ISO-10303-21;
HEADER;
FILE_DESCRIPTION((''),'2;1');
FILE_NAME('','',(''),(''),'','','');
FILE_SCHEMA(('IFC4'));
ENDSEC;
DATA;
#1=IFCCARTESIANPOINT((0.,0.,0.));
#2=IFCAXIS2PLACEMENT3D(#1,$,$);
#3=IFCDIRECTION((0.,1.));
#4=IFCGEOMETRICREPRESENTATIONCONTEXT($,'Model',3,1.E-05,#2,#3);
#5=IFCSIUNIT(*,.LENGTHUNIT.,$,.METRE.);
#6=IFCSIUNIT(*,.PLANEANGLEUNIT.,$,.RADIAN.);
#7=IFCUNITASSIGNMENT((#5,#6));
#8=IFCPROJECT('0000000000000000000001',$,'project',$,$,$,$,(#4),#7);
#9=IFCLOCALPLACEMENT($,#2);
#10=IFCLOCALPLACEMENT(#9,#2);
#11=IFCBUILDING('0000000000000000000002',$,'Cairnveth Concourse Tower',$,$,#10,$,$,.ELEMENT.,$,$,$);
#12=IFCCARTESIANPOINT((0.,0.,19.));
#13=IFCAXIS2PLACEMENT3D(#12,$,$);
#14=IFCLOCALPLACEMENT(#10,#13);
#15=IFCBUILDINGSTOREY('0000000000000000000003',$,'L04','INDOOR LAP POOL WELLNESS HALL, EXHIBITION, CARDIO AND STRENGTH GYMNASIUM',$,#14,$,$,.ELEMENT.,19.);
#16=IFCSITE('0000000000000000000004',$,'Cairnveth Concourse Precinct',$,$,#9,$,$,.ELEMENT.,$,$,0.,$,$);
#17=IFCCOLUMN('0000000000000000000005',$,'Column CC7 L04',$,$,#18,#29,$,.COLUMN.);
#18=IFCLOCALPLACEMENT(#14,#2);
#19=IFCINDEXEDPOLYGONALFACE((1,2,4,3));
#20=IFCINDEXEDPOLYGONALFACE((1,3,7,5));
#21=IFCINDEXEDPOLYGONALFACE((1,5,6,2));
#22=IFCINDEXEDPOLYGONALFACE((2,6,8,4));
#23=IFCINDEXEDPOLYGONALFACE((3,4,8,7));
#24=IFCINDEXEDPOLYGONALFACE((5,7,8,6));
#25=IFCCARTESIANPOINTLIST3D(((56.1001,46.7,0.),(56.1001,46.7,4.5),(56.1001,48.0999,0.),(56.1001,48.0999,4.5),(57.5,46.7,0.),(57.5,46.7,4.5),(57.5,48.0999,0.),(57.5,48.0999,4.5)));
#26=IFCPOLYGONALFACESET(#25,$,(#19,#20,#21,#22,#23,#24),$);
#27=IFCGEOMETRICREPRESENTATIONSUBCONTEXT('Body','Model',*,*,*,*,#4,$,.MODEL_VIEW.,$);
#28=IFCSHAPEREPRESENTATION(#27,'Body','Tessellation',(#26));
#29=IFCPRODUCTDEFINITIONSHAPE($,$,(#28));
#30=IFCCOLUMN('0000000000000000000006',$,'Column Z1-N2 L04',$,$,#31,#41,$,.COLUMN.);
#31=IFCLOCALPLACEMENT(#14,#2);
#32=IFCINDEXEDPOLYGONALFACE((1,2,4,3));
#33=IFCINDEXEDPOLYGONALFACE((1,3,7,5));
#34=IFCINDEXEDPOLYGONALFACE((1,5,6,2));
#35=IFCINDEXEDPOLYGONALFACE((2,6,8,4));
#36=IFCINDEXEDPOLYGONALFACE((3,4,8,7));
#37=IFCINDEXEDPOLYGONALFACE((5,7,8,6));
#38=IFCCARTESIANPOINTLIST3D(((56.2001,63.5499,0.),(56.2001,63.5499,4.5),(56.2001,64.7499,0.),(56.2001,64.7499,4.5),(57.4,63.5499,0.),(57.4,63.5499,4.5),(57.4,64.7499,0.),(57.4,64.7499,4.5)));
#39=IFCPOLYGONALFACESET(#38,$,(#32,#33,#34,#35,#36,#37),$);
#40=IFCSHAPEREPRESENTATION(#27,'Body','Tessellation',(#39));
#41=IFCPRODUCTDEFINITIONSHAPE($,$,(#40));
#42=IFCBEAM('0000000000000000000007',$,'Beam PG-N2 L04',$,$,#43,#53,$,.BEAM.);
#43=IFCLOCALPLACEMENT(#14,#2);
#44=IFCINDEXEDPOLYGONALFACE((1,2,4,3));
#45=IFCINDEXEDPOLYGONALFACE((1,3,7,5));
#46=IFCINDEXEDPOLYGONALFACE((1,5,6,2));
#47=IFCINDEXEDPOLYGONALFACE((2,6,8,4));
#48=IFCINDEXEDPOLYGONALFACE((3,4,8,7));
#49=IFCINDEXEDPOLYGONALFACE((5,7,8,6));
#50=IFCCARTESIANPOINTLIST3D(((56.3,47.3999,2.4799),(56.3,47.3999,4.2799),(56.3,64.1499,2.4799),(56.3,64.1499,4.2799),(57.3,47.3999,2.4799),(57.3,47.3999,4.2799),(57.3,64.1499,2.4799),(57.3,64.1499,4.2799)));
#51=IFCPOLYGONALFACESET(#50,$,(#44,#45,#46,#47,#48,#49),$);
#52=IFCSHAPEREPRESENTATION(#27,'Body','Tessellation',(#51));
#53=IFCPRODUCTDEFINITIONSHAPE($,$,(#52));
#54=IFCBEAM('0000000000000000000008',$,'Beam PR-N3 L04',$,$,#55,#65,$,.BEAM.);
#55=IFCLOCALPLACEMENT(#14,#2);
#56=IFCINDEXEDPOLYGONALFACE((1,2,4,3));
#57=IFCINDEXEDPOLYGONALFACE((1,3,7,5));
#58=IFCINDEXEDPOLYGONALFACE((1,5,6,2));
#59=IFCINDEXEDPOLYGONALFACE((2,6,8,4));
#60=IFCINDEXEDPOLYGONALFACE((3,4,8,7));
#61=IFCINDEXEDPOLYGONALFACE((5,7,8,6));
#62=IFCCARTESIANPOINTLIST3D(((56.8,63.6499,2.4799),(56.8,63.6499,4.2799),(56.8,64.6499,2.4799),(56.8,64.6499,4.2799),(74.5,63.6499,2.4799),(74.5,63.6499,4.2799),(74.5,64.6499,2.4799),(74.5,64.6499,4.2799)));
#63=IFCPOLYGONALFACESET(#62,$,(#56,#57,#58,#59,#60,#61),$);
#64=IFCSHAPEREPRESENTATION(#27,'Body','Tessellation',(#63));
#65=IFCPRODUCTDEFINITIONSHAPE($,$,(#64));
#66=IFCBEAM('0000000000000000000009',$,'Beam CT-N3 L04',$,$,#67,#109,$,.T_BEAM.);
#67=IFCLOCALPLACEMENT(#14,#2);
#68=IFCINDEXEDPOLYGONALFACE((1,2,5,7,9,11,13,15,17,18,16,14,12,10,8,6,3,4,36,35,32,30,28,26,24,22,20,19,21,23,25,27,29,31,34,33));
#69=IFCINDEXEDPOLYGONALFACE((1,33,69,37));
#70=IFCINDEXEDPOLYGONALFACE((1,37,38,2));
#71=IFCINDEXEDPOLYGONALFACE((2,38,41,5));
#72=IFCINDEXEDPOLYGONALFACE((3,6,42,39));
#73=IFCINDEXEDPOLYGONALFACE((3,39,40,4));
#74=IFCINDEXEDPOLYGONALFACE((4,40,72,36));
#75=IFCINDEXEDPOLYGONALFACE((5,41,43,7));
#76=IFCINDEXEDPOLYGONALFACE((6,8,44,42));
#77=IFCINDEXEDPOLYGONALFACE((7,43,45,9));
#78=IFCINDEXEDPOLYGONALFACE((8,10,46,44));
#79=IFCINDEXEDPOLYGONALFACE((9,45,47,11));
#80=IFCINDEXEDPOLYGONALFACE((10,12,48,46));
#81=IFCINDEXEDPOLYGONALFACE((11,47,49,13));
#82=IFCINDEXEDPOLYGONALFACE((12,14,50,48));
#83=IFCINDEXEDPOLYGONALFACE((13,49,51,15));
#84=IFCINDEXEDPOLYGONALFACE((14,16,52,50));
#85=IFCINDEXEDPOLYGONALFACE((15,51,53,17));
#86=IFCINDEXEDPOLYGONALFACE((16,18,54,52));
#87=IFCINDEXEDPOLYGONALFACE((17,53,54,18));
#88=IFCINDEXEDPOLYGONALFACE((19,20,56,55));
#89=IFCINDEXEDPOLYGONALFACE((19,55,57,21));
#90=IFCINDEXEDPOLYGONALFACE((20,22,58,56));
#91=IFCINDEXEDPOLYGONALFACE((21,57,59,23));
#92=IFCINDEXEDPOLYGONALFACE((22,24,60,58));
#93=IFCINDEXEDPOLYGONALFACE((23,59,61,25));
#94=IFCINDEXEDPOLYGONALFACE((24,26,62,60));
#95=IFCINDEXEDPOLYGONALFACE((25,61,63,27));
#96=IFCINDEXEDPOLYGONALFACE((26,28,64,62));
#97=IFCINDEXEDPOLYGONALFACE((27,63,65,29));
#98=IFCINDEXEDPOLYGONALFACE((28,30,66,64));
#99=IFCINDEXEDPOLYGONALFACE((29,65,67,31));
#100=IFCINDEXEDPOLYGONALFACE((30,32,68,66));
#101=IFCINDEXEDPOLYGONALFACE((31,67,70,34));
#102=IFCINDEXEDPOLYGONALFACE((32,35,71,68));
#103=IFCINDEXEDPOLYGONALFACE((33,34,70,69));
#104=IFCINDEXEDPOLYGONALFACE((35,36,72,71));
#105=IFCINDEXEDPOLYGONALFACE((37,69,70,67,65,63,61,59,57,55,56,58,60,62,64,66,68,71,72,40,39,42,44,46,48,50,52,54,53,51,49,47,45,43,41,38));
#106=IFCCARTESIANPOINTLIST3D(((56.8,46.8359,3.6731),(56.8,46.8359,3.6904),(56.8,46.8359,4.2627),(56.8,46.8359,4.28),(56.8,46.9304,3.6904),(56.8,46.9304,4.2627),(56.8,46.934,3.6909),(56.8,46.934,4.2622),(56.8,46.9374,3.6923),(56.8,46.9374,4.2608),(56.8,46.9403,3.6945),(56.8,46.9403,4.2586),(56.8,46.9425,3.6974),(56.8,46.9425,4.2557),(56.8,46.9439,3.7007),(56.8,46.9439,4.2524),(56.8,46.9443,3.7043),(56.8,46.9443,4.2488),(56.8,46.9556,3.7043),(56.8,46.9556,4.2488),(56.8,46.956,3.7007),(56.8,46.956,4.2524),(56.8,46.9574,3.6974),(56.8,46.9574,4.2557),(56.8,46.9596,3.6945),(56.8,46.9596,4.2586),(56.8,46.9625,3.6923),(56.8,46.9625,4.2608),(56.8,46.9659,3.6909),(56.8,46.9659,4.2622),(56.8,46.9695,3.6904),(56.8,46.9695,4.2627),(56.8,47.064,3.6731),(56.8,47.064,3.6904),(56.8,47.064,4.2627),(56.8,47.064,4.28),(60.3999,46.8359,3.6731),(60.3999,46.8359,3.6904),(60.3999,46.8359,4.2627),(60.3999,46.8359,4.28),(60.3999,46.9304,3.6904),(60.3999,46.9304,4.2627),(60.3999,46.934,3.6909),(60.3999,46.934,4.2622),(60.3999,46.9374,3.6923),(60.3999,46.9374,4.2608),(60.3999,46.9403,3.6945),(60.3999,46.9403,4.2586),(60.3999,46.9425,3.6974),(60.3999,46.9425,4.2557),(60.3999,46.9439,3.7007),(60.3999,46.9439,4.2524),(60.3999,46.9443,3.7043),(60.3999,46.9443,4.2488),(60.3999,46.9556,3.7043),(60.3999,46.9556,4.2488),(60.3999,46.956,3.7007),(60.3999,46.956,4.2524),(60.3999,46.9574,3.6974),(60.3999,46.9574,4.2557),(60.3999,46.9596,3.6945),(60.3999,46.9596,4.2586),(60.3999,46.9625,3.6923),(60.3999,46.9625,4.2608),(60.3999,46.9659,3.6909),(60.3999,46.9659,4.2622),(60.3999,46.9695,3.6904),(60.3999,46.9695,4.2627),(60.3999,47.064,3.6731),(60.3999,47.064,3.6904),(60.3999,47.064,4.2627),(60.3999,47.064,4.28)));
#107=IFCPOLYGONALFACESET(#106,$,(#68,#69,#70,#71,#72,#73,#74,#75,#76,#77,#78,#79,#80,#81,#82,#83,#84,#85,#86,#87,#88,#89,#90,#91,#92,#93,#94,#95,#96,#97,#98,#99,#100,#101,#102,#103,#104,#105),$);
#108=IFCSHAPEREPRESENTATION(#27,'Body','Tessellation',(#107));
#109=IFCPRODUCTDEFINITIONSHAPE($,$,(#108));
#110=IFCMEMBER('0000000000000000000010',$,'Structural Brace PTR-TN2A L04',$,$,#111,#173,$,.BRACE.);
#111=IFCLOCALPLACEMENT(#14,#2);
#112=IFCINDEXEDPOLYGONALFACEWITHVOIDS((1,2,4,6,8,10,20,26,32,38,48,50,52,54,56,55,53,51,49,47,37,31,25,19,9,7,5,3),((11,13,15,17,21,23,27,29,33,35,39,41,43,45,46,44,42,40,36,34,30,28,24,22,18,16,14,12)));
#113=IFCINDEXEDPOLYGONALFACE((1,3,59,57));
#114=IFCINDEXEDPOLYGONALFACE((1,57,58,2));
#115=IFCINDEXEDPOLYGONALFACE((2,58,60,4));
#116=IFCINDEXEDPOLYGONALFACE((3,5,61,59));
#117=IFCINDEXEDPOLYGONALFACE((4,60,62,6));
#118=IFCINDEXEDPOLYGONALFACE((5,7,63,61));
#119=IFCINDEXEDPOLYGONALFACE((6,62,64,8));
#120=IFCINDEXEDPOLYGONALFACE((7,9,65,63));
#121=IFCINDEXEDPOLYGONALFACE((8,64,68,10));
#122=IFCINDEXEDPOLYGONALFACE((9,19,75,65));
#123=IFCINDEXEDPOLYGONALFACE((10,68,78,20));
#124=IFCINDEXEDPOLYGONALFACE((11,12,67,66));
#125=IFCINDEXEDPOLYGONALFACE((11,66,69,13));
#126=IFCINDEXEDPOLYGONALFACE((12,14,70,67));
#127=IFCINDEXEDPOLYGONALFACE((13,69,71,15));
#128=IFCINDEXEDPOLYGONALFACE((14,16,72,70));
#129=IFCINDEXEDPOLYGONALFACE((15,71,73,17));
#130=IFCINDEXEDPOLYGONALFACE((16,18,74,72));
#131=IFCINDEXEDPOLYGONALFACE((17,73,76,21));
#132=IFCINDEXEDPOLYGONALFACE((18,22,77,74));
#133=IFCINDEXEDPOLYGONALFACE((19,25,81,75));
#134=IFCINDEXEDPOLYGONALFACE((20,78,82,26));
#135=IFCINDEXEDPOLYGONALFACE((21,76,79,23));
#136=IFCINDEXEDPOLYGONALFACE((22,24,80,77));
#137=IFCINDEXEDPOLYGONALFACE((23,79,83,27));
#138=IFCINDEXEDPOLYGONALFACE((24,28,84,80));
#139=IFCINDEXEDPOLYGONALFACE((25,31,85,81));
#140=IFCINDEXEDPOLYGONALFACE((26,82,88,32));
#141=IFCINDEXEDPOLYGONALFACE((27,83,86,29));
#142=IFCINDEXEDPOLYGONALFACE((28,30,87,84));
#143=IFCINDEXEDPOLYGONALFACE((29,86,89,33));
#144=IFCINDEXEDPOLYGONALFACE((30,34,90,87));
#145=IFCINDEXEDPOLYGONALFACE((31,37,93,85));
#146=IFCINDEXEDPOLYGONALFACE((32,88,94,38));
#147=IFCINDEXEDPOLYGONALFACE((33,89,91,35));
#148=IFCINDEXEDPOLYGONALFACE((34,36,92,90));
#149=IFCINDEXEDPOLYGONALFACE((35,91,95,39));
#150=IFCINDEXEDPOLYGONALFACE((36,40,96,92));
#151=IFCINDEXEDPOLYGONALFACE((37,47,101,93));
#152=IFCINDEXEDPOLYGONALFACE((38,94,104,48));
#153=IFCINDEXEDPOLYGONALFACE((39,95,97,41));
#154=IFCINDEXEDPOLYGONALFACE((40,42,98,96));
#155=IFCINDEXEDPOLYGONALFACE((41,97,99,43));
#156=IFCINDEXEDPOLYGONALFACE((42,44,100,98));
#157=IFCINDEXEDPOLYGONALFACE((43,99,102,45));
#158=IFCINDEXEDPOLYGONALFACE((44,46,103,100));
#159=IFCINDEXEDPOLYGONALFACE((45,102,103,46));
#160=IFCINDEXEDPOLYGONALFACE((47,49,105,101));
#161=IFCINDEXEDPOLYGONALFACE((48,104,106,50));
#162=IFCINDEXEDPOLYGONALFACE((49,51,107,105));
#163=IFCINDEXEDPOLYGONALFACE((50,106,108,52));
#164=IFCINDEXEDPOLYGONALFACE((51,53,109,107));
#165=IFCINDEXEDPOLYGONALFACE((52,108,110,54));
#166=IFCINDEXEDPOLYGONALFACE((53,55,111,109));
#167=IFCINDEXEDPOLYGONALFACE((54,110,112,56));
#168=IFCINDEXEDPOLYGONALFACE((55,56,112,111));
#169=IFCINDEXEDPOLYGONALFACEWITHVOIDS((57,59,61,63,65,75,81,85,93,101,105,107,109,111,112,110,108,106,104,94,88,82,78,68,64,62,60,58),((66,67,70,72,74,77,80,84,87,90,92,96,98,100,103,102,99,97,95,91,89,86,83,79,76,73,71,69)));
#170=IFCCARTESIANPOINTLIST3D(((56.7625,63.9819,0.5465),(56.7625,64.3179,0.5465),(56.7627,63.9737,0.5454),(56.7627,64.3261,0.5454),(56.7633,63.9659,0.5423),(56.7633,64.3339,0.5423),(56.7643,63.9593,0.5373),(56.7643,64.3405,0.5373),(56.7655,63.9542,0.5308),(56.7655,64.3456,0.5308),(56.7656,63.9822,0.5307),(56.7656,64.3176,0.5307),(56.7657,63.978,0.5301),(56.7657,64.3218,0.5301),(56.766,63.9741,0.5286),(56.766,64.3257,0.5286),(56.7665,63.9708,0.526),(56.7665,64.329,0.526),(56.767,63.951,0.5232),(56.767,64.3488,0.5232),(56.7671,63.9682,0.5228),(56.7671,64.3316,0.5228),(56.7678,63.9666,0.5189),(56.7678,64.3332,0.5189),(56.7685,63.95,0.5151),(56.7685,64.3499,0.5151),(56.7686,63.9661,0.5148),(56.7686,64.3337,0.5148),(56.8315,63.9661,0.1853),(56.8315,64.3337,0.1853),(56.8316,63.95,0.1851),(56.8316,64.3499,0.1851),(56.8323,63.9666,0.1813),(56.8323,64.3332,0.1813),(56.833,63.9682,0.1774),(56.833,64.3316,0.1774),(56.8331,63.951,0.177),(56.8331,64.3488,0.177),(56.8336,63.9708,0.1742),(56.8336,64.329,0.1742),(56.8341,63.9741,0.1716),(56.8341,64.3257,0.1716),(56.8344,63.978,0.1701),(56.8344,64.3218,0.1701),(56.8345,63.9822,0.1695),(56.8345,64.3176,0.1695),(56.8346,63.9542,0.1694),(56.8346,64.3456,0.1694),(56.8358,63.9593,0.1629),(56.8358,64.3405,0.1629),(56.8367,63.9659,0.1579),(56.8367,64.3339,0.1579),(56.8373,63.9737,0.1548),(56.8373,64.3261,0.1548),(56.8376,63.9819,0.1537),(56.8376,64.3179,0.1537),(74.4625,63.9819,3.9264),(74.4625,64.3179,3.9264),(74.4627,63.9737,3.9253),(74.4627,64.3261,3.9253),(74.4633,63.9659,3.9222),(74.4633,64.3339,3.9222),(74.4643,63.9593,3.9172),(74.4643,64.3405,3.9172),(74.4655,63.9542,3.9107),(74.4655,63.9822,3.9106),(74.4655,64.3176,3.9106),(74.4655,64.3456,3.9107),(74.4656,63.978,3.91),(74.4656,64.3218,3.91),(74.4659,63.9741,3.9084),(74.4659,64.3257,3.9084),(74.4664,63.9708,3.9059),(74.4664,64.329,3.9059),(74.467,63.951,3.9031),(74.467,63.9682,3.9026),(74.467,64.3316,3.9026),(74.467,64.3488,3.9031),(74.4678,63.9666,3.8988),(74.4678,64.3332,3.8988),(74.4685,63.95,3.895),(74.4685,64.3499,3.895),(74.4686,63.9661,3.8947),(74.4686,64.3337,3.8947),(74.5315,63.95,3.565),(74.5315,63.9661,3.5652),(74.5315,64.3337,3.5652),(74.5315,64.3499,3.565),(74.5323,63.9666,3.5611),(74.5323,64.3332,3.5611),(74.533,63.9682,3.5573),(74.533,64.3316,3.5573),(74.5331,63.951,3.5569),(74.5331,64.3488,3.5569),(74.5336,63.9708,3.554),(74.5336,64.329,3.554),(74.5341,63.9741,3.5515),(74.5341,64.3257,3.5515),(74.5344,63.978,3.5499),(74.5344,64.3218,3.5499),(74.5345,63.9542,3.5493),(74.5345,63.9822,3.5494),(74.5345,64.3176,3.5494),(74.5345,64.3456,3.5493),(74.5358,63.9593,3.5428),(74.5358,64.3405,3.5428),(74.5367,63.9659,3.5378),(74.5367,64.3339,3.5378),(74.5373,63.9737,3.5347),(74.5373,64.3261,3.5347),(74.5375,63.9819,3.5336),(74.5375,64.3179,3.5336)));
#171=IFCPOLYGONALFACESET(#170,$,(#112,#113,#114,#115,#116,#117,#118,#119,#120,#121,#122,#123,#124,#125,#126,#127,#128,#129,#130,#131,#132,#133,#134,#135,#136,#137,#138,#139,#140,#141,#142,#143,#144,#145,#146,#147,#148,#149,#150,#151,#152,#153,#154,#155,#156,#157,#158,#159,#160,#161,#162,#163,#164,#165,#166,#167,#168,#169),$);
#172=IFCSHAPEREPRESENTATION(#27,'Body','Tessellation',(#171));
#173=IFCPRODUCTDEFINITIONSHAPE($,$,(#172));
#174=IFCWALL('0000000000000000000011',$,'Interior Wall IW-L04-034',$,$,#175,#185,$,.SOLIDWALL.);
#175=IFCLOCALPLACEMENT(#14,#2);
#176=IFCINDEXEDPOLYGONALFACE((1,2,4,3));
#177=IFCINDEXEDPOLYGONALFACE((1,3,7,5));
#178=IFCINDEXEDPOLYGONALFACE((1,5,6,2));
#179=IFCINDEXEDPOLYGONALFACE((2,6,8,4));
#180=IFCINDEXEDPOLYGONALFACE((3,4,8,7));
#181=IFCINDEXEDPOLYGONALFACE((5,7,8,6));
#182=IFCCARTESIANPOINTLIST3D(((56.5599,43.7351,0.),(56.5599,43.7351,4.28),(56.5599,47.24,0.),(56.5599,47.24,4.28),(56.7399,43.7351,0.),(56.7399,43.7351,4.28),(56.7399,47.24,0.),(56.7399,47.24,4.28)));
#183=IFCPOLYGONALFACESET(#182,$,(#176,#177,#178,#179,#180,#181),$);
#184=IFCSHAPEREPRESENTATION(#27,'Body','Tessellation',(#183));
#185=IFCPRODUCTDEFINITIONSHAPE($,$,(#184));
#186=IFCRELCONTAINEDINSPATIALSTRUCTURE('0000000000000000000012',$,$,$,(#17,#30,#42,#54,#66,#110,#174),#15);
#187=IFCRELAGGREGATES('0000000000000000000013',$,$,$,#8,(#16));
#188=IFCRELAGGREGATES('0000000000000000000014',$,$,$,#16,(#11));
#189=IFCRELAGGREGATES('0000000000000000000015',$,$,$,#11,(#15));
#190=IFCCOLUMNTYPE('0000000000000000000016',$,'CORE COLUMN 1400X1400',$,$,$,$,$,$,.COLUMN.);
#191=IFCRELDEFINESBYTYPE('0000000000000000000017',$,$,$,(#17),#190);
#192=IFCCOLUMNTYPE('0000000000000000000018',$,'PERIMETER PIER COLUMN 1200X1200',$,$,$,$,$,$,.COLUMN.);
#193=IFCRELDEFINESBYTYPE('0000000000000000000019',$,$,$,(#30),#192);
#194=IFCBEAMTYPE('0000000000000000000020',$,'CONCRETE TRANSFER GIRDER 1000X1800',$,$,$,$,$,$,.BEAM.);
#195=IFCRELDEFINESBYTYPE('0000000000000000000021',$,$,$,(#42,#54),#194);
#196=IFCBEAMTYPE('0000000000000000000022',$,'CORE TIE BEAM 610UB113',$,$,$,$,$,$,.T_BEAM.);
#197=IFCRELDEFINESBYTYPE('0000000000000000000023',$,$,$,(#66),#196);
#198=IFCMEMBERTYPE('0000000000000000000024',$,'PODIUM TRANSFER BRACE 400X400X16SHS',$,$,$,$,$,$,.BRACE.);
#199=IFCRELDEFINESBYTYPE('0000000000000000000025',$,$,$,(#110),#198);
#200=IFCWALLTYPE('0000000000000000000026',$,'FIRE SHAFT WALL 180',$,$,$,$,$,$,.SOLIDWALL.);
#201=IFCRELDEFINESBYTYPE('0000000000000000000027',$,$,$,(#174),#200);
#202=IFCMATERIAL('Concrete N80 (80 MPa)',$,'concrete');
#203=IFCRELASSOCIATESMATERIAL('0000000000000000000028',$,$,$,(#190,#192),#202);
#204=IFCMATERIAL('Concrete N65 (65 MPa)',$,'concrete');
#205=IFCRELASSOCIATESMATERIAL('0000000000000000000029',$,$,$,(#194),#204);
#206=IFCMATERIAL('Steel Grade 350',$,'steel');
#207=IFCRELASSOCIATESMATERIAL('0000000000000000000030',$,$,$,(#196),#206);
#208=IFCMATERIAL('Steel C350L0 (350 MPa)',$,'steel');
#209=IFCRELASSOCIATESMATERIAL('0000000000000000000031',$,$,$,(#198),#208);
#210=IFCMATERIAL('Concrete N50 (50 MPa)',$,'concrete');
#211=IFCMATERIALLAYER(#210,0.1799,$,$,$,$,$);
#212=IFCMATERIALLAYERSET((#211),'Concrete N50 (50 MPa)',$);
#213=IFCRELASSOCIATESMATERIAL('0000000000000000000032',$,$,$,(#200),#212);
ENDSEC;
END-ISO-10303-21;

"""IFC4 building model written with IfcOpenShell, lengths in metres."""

from ifc_helpers import new_model, si_unit, direction, frame, frame_2d, origin, origin_2d, place, context, subcontext, project, spatial, rectangle, hollow_rectangle, i_section, extrude, material, layer, layer_set, material_profile, profile_set, type_object, element, save


model = new_model("IFC4")

# Units and contexts
model_context = context("Model", 3, precision=1e-05, world=origin(), true_north=direction((0.0, 1.0)))
body_context = subcontext(model_context, "Body", "Model", "MODEL_VIEW")
ifc_project = project(units=[si_unit("LENGTHUNIT", "METRE"), si_unit("PLANEANGLEUNIT", "RADIAN")], contexts=[model_context])

# Site, building, storey
site_placement = place(None, origin())
site = spatial("IfcSite", under=ifc_project, at=site_placement, Name="Cairnveth Concourse Precinct", CompositionType="ELEMENT", RefElevation=0.0)
building_placement = place(site_placement, origin())
building = spatial("IfcBuilding", under=site, at=building_placement, Name="Cairnveth Concourse Tower", CompositionType="ELEMENT")
storey_placement = place(building_placement, frame((0.0, 0.0, 19.0)))
storey = spatial("IfcBuildingStorey", under=building, at=storey_placement, Name="L04", Description="INDOOR LAP POOL WELLNESS HALL, EXHIBITION, CARDIO AND STRENGTH GYMNASIUM", CompositionType="ELEMENT", Elevation=19.0)

# Columns
ifc_material_1 = material(Name="Concrete N80 (80 MPa)", Category="concrete")
ifc_material_profile_1 = material_profile(ifc_material_1, rectangle(XDim=1.3999, YDim=1.3999, at=origin_2d()), Name="RC-COL-1400x1400")
ifc_profile_set_1 = profile_set([ifc_material_profile_1], Name="Concrete N80 (80 MPa)")
column_type_1 = type_object("IfcColumnType", Name="CORE COLUMN 1400X1400", PredefinedType="COLUMN", material=ifc_profile_set_1)
column_1_placement = place(storey_placement, frame((56.8, 47.3999, 0.0), z_axis=(0.0, 0.0, 1.0), x_axis=(1.0, 0.0, 0.0)))
element("IfcColumn", 1, at=column_1_placement, inside=storey, type_object=column_type_1, Name="Column CC7 L04", PredefinedType="COLUMN", context=body_context, shape_type="SweptSolid", body=[
    extrude(rectangle(XDim=1.3999, YDim=1.3999, at=origin_2d()), origin(), (0.0, 0.0, 1.0), 4.5),
])
ifc_material_profile_2 = material_profile(ifc_material_1, rectangle(XDim=1.2, YDim=1.2, at=origin_2d()), Name="RC-COL-1200x1200")
ifc_profile_set_2 = profile_set([ifc_material_profile_2], Name="Concrete N80 (80 MPa)")
column_type_2 = type_object("IfcColumnType", Name="PERIMETER PIER COLUMN 1200X1200", PredefinedType="COLUMN", material=ifc_profile_set_2)
column_2_placement = place(storey_placement, frame((56.8, 64.1499, 0.0), z_axis=(0.0, 0.0, 1.0), x_axis=(1.0, 0.0, 0.0)))
element("IfcColumn", 2, at=column_2_placement, inside=storey, type_object=column_type_2, Name="Column Z1-N2 L04", PredefinedType="COLUMN", context=body_context, shape_type="SweptSolid", body=[
    extrude(rectangle(XDim=1.2, YDim=1.2, at=origin_2d()), origin(), (0.0, 0.0, 1.0), 4.5),
])

# Beams
ifc_material_2 = material(Name="Concrete N65 (65 MPa)", Category="concrete")
ifc_material_profile_3 = material_profile(ifc_material_2, rectangle(XDim=1.0, YDim=1.8, at=origin_2d()), Name="RC-TB-1000x1800")
ifc_profile_set_3 = profile_set([ifc_material_profile_3], Name="Concrete N65 (65 MPa)")
beam_type_1 = type_object("IfcBeamType", Name="CONCRETE TRANSFER GIRDER 1000X1800", PredefinedType="BEAM", material=ifc_profile_set_3)
beam_1_placement = place(storey_placement, frame((56.8, 47.3999, 3.3799), z_axis=(0.0, 1.0, 0.0), x_axis=(-1.0, 0.0, 0.0)))
element("IfcBeam", 3, at=beam_1_placement, inside=storey, type_object=beam_type_1, Name="Beam PG-N2 L04", PredefinedType="BEAM", context=body_context, shape_type="SweptSolid", body=[
    extrude(rectangle(XDim=1.0, YDim=1.8, at=origin_2d()), origin(), (0.0, 0.0, 1.0), 16.75),
])
beam_2_placement = place(storey_placement, frame((56.8, 64.1499, 3.3799), z_axis=(1.0, 0.0, 0.0), x_axis=(0.0, 1.0, 0.0)))
element("IfcBeam", 4, at=beam_2_placement, inside=storey, type_object=beam_type_1, Name="Beam PR-N3 L04", PredefinedType="BEAM", context=body_context, shape_type="SweptSolid", body=[
    extrude(rectangle(XDim=1.0, YDim=1.8, at=origin_2d()), origin(), (0.0, 0.0, 1.0), 17.7),
])
ifc_material_3 = material(Name="Steel Grade 350", Category="steel")
ifc_material_profile_4 = material_profile(ifc_material_3, i_section(OverallWidth=0.228, OverallDepth=0.6069, WebThickness=0.0112, FlangeThickness=0.0173, FilletRadius=0.0139, at=origin_2d()), Name="610UB113")
ifc_profile_set_4 = profile_set([ifc_material_profile_4], Name="Steel Grade 350")
beam_type_2 = type_object("IfcBeamType", Name="CORE TIE BEAM 610UB113", PredefinedType="T_BEAM", material=ifc_profile_set_4)
beam_3_placement = place(storey_placement, frame((56.8, 46.95, 3.9766), z_axis=(1.0, 0.0, 0.0), x_axis=(0.0, 1.0, 0.0)))
element("IfcBeam", 5, at=beam_3_placement, inside=storey, type_object=beam_type_2, Name="Beam CT-N3 L04", PredefinedType="T_BEAM", context=body_context, shape_type="SweptSolid", body=[
    extrude(i_section(OverallWidth=0.228, OverallDepth=0.6069, WebThickness=0.0112, FlangeThickness=0.0173, FilletRadius=0.0139, at=origin_2d()), origin(), (0.0, 0.0, 1.0), 3.5999),
])

# Member
ifc_material_4 = material(Name="Steel C350L0 (350 MPa)", Category="steel")
ifc_material_profile_5 = material_profile(ifc_material_4, hollow_rectangle(XDim=0.3999, YDim=0.3999, WallThickness=0.0161, InnerFilletRadius=0.0161, OuterFilletRadius=0.032, at=origin_2d()), Name="400x400x16.0SHS")
ifc_profile_set_5 = profile_set([ifc_material_profile_5], Name="Steel C350L0 (350 MPa)")
member_type = type_object("IfcMemberType", Name="PODIUM TRANSFER BRACE 400X400X16SHS", PredefinedType="BRACE", material=ifc_profile_set_5)
member_placement = place(storey_placement, frame((56.8, 64.1499, 0.3501), z_axis=(0.982252, 0.0, 0.187565), x_axis=(0.0, 1.0, 0.0)))
element("IfcMember", 6, at=member_placement, inside=storey, type_object=member_type, Name="Structural Brace PTR-TN2A L04", PredefinedType="BRACE", context=body_context, shape_type="SweptSolid", body=[
    extrude(hollow_rectangle(XDim=0.3999, YDim=0.3999, WallThickness=0.0161, InnerFilletRadius=0.0161, OuterFilletRadius=0.032, at=origin_2d()), origin(), (0.0, 0.0, 1.0), 18.0198),
])

# Wall
ifc_material_5 = material(Name="Concrete N50 (50 MPa)", Category="concrete")
ifc_layer_1 = layer(ifc_material_5, 0.1799)
ifc_layer_set_1 = layer_set([ifc_layer_1], Name="Concrete N50 (50 MPa)")
wall_type_1 = type_object("IfcWallType", Name="FIRE SHAFT WALL 180", PredefinedType="SOLIDWALL", material=ifc_layer_set_1)
wall_1_placement = place(storey_placement, frame((56.6499, 43.7351, 0.0), z_axis=(0.0, 0.0, 1.0), x_axis=(0.0, 1.0, 0.0)))
element("IfcWall", 7, at=wall_1_placement, inside=storey, type_object=wall_type_1, Name="Interior Wall IW-L04-034", PredefinedType="SOLIDWALL", context=body_context, shape_type="SweptSolid", body=[
    extrude(rectangle(XDim=3.5049, YDim=0.1799, at=frame_2d((1.7524, 0.0))), origin(), (0.0, 0.0, 1.0), 4.28),
])

save(model, "model.ifc")
